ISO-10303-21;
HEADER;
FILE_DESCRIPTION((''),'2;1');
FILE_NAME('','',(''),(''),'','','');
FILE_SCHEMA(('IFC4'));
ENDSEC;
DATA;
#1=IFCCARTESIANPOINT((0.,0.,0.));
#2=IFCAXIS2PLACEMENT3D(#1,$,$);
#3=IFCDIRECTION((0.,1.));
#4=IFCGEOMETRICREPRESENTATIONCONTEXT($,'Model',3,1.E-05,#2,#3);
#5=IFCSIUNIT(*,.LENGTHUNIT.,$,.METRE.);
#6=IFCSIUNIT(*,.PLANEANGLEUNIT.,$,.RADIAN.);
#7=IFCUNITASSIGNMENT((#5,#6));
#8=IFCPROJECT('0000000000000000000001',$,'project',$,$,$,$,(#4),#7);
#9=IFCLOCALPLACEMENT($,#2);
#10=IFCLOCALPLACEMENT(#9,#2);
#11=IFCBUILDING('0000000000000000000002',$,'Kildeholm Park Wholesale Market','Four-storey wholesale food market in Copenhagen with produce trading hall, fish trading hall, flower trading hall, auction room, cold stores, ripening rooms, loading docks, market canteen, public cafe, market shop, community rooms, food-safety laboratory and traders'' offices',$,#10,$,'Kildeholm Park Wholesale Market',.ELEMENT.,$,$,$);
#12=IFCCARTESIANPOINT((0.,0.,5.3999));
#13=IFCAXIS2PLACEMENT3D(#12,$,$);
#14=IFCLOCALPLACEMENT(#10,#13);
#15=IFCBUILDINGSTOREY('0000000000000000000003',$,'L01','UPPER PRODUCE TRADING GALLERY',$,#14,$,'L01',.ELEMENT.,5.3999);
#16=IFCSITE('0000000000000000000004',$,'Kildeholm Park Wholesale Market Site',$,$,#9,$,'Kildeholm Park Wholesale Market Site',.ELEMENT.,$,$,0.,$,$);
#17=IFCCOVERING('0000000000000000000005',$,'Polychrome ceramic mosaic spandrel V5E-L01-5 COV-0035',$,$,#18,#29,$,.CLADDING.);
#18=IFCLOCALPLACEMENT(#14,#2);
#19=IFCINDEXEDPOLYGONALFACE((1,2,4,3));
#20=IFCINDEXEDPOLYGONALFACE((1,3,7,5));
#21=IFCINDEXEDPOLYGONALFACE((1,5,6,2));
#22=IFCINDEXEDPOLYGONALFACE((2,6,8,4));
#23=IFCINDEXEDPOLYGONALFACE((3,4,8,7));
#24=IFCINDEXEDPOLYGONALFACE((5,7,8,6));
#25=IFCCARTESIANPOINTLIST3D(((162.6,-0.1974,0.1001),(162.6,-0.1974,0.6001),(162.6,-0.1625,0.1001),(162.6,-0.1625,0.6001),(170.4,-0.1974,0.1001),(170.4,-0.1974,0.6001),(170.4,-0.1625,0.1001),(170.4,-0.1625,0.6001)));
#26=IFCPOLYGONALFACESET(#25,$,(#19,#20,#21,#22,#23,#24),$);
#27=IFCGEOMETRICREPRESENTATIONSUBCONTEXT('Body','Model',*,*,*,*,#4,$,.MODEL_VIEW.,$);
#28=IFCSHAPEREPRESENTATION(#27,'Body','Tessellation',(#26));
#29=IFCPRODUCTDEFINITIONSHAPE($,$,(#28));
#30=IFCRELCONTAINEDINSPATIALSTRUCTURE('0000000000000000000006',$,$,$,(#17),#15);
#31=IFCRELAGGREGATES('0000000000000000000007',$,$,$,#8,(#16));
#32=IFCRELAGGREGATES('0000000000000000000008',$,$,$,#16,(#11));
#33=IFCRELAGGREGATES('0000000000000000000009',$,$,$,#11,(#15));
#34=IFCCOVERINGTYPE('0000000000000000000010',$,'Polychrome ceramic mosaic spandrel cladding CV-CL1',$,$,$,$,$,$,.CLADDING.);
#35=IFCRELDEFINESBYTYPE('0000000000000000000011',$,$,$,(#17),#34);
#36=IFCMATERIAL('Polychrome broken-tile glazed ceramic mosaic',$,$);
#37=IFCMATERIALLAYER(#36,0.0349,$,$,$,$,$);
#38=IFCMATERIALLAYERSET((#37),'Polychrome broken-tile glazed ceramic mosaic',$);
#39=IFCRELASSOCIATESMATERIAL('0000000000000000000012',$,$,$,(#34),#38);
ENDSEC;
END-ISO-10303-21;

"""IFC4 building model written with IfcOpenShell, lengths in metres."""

from ifc_helpers import new_model, si_unit, direction, frame, origin, origin_2d, place, context, subcontext, project, spatial, rectangle, extrude, material, layer, layer_set, type_object, element, save


model = new_model("IFC4")

# Units and contexts
model_context = context("Model", 3, precision=1e-05, world=origin(), true_north=direction((0.0, 1.0)))
body_context = subcontext(model_context, "Body", "Model", "MODEL_VIEW")
ifc_project = project(units=[si_unit("LENGTHUNIT", "METRE"), si_unit("PLANEANGLEUNIT", "RADIAN")], contexts=[model_context])

# Site, building, storey
site_placement = place(None, origin())
site = spatial("IfcSite", under=ifc_project, at=site_placement, Name="Kildeholm Park Wholesale Market Site", LongName="Kildeholm Park Wholesale Market Site", CompositionType="ELEMENT", RefElevation=0.0)
building_placement = place(site_placement, origin())
building = spatial("IfcBuilding", under=site, at=building_placement, Name="Kildeholm Park Wholesale Market", Description="Four-storey wholesale food market in Copenhagen with produce trading hall, fish trading hall, flower trading hall, auction room, cold stores, ripening rooms, loading docks, market canteen, public cafe, market shop, community rooms, food-safety laboratory and traders' offices", LongName="Kildeholm Park Wholesale Market", CompositionType="ELEMENT")
storey_placement = place(building_placement, frame((0.0, 0.0, 5.3999)))
storey = spatial("IfcBuildingStorey", under=building, at=storey_placement, Name="L01", Description="UPPER PRODUCE TRADING GALLERY", LongName="L01", CompositionType="ELEMENT", Elevation=5.3999)

# Covering
ifc_material_1 = material(Name="Polychrome broken-tile glazed ceramic mosaic")
ifc_layer_1 = layer(ifc_material_1, 0.0349)
ifc_layer_set_1 = layer_set([ifc_layer_1], Name="Polychrome broken-tile glazed ceramic mosaic")
covering_type = type_object("IfcCoveringType", Name="Polychrome ceramic mosaic spandrel cladding CV-CL1", PredefinedType="CLADDING", material=ifc_layer_set_1)
covering_placement = place(storey_placement, frame((166.5, -0.1799, 0.1001), z_axis=(0.0, 0.0, 1.0), x_axis=(1.0, 0.0, 0.0)))
element("IfcCovering", 1, at=covering_placement, inside=storey, type_object=covering_type, Name="Polychrome ceramic mosaic spandrel V5E-L01-5 COV-0035", PredefinedType="CLADDING", context=body_context, shape_type="SweptSolid", body=[
    extrude(rectangle(XDim=7.8, YDim=0.0349, at=origin_2d()), origin(), (0.0, 0.0, 1.0), 0.5),
])

save(model, "model.ifc")
